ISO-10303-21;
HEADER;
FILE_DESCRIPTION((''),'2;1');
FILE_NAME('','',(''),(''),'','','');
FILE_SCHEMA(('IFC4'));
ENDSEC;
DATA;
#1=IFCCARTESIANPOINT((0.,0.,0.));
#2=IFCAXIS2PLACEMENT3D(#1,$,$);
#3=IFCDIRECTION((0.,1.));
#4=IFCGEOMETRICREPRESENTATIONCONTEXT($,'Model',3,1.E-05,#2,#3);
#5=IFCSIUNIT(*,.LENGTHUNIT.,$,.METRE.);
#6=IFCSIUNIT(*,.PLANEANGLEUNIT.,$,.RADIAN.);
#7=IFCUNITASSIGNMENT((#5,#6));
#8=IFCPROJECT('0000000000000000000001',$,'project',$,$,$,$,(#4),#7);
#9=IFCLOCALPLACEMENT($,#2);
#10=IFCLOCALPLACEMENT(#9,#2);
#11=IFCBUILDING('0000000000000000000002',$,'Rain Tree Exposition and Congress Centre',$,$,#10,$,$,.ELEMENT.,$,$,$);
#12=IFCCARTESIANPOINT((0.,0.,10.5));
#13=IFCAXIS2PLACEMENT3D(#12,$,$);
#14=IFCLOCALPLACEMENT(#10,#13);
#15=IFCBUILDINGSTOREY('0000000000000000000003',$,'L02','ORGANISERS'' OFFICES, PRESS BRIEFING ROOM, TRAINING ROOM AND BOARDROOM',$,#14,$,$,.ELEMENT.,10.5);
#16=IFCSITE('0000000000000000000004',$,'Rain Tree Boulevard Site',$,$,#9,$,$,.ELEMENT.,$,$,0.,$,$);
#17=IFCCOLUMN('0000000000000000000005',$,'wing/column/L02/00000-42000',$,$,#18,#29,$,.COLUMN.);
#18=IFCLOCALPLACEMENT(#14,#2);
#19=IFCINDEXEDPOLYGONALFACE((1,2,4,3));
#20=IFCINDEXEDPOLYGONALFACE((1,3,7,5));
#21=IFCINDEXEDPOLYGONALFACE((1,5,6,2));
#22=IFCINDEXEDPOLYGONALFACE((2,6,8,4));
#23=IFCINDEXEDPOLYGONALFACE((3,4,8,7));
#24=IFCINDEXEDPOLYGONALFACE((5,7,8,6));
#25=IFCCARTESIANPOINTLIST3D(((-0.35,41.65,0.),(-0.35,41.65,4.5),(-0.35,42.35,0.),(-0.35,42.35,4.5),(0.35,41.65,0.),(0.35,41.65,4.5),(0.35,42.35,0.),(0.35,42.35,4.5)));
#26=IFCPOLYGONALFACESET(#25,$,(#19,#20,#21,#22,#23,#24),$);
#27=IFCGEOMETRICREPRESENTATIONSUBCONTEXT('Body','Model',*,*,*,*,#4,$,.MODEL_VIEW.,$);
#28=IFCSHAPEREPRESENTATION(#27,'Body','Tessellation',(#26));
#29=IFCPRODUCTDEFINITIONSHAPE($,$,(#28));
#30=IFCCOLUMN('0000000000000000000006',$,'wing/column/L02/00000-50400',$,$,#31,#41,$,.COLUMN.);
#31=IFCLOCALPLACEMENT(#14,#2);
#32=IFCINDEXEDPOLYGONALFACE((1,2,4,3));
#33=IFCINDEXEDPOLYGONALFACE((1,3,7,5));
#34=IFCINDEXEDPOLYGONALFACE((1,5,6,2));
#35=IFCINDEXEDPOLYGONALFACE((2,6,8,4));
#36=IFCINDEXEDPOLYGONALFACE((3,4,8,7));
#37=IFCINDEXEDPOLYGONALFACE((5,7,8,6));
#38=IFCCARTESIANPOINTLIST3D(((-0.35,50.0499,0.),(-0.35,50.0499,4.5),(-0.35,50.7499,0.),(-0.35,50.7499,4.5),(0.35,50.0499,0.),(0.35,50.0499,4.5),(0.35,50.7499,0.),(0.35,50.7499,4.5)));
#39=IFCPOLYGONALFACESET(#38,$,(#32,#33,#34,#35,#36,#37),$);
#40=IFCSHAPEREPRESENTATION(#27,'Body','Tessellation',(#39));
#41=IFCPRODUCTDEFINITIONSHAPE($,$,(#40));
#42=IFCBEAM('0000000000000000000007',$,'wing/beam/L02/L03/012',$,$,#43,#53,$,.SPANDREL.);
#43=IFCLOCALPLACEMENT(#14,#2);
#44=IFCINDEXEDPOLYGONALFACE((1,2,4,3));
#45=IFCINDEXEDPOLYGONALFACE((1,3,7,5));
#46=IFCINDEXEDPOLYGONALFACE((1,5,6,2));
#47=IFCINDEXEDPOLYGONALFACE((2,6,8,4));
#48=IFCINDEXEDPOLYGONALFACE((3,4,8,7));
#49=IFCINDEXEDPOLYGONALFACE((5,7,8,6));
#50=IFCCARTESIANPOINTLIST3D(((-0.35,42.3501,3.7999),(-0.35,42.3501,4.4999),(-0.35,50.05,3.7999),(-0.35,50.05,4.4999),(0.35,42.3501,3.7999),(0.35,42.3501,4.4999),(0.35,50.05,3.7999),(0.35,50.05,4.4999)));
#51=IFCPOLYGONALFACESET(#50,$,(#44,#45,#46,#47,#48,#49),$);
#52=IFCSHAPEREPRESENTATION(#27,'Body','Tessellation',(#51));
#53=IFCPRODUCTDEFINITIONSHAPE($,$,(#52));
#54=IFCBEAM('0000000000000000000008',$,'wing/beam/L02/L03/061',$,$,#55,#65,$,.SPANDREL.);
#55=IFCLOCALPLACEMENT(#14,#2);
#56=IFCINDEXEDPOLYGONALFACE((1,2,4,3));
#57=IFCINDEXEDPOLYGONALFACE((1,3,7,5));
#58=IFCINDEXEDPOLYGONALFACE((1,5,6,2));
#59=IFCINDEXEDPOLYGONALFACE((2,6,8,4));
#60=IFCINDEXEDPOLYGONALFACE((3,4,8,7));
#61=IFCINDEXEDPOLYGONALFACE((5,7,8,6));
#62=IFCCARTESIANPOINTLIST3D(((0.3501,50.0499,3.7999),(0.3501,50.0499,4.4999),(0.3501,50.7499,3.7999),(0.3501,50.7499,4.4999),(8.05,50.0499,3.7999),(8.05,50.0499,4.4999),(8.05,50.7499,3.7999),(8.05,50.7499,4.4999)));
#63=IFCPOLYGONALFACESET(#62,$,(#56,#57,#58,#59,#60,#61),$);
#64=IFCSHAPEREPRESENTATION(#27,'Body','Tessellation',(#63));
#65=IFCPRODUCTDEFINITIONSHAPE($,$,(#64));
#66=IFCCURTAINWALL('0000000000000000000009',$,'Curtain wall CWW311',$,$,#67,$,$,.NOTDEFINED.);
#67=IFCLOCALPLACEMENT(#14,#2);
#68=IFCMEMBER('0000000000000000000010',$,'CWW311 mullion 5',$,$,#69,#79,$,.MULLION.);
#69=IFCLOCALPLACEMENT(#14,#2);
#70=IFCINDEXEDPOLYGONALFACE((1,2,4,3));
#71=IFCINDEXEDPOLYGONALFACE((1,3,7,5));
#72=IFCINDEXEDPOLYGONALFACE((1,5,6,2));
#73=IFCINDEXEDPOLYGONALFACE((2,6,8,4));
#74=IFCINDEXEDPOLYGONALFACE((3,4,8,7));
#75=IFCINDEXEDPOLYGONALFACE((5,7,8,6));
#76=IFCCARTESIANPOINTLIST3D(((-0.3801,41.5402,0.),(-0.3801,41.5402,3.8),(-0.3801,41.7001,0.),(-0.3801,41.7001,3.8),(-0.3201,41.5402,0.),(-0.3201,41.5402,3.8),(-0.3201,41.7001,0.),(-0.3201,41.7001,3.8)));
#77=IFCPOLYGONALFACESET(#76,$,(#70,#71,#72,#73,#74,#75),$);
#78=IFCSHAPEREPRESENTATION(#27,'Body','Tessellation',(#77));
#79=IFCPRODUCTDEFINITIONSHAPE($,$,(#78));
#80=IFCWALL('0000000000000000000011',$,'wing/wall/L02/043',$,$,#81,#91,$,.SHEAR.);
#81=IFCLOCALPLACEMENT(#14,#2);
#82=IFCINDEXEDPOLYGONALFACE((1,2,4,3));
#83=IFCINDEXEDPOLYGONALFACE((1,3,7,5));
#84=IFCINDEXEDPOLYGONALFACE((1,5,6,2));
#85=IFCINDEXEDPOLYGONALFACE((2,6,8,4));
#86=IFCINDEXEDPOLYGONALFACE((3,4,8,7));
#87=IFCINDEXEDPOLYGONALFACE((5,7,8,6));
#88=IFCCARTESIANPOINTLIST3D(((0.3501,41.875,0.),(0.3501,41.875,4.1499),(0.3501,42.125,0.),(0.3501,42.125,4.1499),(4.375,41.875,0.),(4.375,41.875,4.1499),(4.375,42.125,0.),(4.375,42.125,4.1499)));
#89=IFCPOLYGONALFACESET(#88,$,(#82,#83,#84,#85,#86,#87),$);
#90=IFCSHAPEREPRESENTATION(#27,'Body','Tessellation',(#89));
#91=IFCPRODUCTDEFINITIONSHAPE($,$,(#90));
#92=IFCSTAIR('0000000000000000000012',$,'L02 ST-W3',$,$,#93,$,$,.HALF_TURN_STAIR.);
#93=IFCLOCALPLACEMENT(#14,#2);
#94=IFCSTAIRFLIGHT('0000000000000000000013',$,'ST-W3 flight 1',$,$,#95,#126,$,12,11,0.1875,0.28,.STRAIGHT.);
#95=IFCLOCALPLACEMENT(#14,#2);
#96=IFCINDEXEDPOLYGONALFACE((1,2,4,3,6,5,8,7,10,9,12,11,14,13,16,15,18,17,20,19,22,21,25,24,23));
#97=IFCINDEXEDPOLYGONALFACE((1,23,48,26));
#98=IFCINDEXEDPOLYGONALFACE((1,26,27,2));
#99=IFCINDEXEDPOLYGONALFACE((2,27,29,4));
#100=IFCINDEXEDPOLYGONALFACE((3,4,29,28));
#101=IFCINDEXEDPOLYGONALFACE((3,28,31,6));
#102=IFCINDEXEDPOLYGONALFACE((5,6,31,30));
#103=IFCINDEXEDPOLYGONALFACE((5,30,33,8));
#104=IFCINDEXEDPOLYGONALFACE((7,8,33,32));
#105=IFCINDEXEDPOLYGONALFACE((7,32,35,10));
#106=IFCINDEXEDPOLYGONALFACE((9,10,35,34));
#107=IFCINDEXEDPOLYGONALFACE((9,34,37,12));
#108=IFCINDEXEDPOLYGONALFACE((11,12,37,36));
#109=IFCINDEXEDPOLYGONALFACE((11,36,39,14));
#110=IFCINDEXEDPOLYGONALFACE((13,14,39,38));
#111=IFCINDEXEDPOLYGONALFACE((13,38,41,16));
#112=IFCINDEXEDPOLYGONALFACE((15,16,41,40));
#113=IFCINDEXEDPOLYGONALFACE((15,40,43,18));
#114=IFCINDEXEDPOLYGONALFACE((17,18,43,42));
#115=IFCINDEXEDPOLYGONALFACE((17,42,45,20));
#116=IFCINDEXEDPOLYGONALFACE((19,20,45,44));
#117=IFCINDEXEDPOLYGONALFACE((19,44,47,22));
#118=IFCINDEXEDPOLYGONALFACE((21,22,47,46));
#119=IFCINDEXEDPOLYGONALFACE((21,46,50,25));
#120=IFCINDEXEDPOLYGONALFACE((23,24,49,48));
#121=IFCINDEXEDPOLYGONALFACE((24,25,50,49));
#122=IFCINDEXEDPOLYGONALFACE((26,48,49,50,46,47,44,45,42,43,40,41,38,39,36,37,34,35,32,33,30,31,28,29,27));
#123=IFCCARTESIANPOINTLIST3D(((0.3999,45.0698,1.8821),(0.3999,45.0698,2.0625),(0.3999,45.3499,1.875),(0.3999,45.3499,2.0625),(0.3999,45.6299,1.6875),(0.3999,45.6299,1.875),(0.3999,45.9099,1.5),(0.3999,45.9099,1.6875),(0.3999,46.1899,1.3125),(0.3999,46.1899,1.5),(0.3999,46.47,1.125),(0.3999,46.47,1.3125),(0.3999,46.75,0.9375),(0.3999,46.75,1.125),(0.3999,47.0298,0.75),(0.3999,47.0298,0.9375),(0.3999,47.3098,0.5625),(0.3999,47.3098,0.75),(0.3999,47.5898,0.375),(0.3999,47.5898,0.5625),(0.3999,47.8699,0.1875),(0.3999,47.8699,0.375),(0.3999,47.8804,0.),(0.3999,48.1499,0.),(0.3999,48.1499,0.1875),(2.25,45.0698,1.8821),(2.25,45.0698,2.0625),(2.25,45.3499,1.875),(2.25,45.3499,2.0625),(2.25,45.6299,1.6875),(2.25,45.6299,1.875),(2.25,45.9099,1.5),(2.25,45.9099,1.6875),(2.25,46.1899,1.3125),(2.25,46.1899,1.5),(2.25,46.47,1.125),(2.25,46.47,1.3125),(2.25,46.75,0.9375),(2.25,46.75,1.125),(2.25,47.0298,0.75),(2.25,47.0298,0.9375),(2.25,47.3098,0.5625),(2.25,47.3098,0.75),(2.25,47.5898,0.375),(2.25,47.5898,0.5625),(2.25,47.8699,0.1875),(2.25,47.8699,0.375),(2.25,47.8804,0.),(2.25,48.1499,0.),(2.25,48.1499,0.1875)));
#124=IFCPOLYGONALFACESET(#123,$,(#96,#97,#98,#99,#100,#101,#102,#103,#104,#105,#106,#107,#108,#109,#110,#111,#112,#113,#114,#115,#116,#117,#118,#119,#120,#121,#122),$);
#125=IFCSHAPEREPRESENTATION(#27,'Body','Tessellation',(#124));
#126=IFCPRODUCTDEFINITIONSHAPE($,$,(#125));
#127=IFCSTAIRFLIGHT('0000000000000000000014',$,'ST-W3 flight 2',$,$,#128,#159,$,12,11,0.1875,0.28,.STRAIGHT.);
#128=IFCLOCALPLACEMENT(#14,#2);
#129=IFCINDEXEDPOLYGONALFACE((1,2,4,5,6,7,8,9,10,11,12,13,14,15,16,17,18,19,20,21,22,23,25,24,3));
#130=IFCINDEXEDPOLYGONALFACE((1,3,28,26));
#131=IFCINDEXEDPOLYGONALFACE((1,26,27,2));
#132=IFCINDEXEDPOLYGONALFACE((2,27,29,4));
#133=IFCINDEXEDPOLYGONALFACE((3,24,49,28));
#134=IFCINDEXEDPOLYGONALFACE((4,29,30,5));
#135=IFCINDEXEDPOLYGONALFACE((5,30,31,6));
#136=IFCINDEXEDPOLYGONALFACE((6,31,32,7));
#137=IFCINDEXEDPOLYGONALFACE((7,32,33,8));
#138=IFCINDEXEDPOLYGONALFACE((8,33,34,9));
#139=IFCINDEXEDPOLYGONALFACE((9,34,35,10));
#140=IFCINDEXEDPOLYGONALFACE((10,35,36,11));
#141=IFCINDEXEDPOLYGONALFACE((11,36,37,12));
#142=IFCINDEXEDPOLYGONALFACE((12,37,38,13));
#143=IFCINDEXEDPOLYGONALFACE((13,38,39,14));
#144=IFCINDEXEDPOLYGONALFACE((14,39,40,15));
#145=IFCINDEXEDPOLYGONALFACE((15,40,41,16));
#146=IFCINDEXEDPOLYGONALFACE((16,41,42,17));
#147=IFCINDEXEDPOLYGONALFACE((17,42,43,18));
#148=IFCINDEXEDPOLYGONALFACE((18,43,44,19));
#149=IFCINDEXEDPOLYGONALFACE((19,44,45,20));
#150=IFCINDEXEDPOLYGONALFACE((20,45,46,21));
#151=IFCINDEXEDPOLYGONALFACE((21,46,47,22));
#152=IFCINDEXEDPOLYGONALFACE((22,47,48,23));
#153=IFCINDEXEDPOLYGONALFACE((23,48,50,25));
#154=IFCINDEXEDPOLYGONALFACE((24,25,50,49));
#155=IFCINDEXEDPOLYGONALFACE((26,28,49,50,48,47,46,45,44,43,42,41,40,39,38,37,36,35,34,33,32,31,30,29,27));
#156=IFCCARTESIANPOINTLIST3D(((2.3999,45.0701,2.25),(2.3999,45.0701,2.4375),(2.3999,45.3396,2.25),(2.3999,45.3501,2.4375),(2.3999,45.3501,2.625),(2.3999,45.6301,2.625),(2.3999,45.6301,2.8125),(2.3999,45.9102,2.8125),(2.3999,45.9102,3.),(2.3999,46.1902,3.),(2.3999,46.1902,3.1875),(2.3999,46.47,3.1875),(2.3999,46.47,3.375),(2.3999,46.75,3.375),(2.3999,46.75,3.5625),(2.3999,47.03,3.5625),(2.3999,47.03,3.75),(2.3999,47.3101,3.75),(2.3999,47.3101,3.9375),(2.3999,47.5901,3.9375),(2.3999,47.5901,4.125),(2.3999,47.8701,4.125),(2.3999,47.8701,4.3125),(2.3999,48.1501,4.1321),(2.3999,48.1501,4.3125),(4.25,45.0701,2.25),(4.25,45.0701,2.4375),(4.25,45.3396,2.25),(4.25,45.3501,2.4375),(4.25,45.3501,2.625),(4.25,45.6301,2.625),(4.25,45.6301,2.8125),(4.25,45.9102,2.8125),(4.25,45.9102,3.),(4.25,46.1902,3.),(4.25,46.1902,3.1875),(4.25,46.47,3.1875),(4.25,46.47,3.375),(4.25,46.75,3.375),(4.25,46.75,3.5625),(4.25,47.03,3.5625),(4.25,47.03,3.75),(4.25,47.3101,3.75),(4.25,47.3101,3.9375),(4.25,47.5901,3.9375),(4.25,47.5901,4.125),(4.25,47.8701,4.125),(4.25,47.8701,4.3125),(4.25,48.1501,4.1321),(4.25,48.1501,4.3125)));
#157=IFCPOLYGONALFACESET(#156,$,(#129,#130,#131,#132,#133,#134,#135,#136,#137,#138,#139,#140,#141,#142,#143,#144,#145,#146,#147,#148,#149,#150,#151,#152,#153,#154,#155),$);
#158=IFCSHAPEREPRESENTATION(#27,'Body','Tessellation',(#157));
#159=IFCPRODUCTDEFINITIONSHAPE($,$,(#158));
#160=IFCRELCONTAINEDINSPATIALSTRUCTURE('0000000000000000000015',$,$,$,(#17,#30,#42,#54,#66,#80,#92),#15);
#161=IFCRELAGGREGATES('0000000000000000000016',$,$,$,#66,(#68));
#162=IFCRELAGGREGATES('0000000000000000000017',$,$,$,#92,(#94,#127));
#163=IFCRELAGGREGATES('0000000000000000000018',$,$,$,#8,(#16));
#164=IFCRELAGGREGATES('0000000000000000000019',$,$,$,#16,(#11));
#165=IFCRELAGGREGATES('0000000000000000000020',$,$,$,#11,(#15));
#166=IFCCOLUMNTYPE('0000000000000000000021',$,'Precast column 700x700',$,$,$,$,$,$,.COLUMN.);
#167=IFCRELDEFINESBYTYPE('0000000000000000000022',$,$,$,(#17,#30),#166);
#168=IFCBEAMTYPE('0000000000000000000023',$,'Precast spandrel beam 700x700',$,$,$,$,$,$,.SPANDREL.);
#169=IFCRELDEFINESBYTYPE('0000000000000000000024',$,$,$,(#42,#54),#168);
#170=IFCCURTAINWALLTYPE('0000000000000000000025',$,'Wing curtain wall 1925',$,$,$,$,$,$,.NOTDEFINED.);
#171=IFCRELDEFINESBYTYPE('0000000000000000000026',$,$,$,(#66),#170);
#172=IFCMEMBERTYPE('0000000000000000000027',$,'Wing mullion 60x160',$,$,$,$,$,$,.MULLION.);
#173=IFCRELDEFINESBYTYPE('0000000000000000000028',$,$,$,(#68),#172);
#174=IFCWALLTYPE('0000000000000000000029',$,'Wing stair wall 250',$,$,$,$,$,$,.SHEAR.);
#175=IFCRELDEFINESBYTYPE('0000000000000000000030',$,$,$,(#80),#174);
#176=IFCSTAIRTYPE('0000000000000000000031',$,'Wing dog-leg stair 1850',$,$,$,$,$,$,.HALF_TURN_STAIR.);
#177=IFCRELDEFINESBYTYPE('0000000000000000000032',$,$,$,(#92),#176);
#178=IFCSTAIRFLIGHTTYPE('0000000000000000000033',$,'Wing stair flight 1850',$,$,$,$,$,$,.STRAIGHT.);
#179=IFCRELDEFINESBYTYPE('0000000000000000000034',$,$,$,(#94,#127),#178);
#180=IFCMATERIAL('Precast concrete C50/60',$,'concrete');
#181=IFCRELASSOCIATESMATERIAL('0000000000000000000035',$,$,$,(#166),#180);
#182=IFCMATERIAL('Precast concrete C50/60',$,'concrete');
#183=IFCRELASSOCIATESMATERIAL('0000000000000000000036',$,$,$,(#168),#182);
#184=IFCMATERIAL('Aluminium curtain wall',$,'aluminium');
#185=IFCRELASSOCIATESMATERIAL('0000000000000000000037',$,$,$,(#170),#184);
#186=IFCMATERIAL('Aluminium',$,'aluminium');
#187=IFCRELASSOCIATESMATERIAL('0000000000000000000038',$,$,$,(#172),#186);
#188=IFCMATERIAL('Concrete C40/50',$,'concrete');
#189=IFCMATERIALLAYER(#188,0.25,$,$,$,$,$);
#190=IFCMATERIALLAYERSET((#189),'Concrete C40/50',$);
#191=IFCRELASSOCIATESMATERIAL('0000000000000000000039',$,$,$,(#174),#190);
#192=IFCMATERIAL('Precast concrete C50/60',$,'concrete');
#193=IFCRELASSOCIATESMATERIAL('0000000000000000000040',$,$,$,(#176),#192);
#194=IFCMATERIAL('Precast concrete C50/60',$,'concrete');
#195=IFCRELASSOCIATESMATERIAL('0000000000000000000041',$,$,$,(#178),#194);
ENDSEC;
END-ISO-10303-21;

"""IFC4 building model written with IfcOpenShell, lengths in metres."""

from ifc_helpers import new_model, si_unit, direction, frame, frame_2d, origin, origin_2d, place, context, subcontext, project, spatial, polyline, rectangle, outline, extrude, material, layer, layer_set, material_profile, profile_set, type_object, element, aggregate, save


model = new_model("IFC4")

# Units and contexts
model_context = context("Model", 3, precision=1e-05, world=origin(), true_north=direction((0.0, 1.0)))
body_context = subcontext(model_context, "Body", "Model", "MODEL_VIEW")
ifc_project = project(units=[si_unit("LENGTHUNIT", "METRE"), si_unit("PLANEANGLEUNIT", "RADIAN")], contexts=[model_context])

# Site, building, storey
site_placement = place(None, origin())
site = spatial("IfcSite", under=ifc_project, at=site_placement, Name="Rain Tree Boulevard Site", CompositionType="ELEMENT", RefElevation=0.0)
building_placement = place(site_placement, origin())
building = spatial("IfcBuilding", under=site, at=building_placement, Name="Rain Tree Exposition and Congress Centre", CompositionType="ELEMENT")
storey_placement = place(building_placement, frame((0.0, 0.0, 10.5)))
storey = spatial("IfcBuildingStorey", under=building, at=storey_placement, Name="L02", Description="ORGANISERS' OFFICES, PRESS BRIEFING ROOM, TRAINING ROOM AND BOARDROOM", CompositionType="ELEMENT", Elevation=10.5)

# Columns
ifc_material_1 = material(Name="Precast concrete C50/60", Category="concrete")
ifc_material_profile_1 = material_profile(ifc_material_1, rectangle(XDim=0.7, YDim=0.7, at=origin_2d()), Name="RC 700x700")
ifc_profile_set_1 = profile_set([ifc_material_profile_1], Name="Precast concrete C50/60")
column_type = type_object("IfcColumnType", Name="Precast column 700x700", PredefinedType="COLUMN", material=ifc_profile_set_1)
for number, where, z_axis, x_axis, name in (
    (1, (0.0, 42.0, 0.0), (0.0, 0.0, 1.0), (1.0, 0.0, 0.0), "wing/column/L02/00000-42000"),
    (2, (0.0, 50.3999, 0.0), (0.0, 0.0, 1.0), (1.0, 0.0, 0.0), "wing/column/L02/00000-50400"),
):
    element("IfcColumn", number, at=place(storey_placement, frame(where, z_axis=z_axis, x_axis=x_axis)), inside=storey, type_object=column_type, Name=name, PredefinedType="COLUMN", context=body_context, shape_type="SweptSolid", body=[
        extrude(rectangle(XDim=0.7, YDim=0.7, at=origin_2d()), origin(), (0.0, 0.0, 1.0), 4.5),
    ])

# Beams
ifc_material_2 = material(Name="Precast concrete C50/60", Category="concrete")
ifc_material_profile_2 = material_profile(ifc_material_2, rectangle(XDim=0.7, YDim=0.7, at=origin_2d()), Name="RC 700x700")
ifc_profile_set_2 = profile_set([ifc_material_profile_2], Name="Precast concrete C50/60")
beam_type = type_object("IfcBeamType", Name="Precast spandrel beam 700x700", PredefinedType="SPANDREL", material=ifc_profile_set_2)
for number, where, z_axis, x_axis, name in (
    (3, (0.0, 42.3501, 4.1499), (0.0, 1.0, 0.0), (-1.0, 0.0, 0.0), "wing/beam/L02/L03/012"),
    (4, (0.3501, 50.3999, 4.1499), (1.0, 0.0, 0.0), (0.0, 1.0, 0.0), "wing/beam/L02/L03/061"),
):
    element("IfcBeam", number, at=place(storey_placement, frame(where, z_axis=z_axis, x_axis=x_axis)), inside=storey, type_object=beam_type, Name=name, PredefinedType="SPANDREL", context=body_context, shape_type="SweptSolid", body=[
        extrude(rectangle(XDim=0.7, YDim=0.7, at=origin_2d()), origin(), (0.0, 0.0, 1.0), 7.7),
    ])

# Curtain wall, member
ifc_material_3 = material(Name="Aluminium curtain wall", Category="aluminium")
curtain_wall_type = type_object("IfcCurtainWallType", Name="Wing curtain wall 1925", PredefinedType="NOTDEFINED", material=ifc_material_3)
curtain_wall_placement = place(storey_placement, origin())
curtain_wall = element("IfcCurtainWall", 5, at=curtain_wall_placement, inside=storey, type_object=curtain_wall_type, Name="Curtain wall CWW311", PredefinedType="NOTDEFINED")
ifc_material_4 = material(Name="Aluminium", Category="aluminium")
ifc_material_profile_3 = material_profile(ifc_material_4, rectangle(XDim=0.0601, YDim=0.1599, at=origin_2d()), Name="Aluminium 60x160")
ifc_profile_set_3 = profile_set([ifc_material_profile_3], Name="Aluminium")
member_type = type_object("IfcMemberType", Name="Wing mullion 60x160", PredefinedType="MULLION", material=ifc_profile_set_3)
member_placement = place(storey_placement, frame((-0.3501, 41.6201, 0.0), z_axis=(0.0, 0.0, 1.0), x_axis=(-1.0, 0.0, 0.0)))
member = element("IfcMember", 6, at=member_placement, type_object=member_type, Name="CWW311 mullion 5", PredefinedType="MULLION", context=body_context, shape_type="SweptSolid", body=[
    extrude(rectangle(XDim=0.0601, YDim=0.1599, at=origin_2d()), origin(), (0.0, 0.0, 1.0), 3.8),
])
aggregate(curtain_wall, [member])

# Wall
ifc_material_5 = material(Name="Concrete C40/50", Category="concrete")
ifc_layer_1 = layer(ifc_material_5, 0.25)
ifc_layer_set_1 = layer_set([ifc_layer_1], Name="Concrete C40/50")
wall_type_1 = type_object("IfcWallType", Name="Wing stair wall 250", PredefinedType="SHEAR", material=ifc_layer_set_1)
wall_1_placement = place(storey_placement, frame((0.3501, 42.0, 0.0), z_axis=(0.0, 0.0, 1.0), x_axis=(1.0, 0.0, 0.0)))
element("IfcWall", 7, at=wall_1_placement, inside=storey, type_object=wall_type_1, Name="wing/wall/L02/043", PredefinedType="SHEAR", context=body_context, shape_type="SweptSolid", body=[
    extrude(rectangle(XDim=4.0249, YDim=0.25, at=frame_2d((2.0125, 0.0))), origin(), (0.0, 0.0, 1.0), 4.1499),
])

# Stair, stair flights
ifc_material_6 = material(Name="Precast concrete C50/60", Category="concrete")
stair_type = type_object("IfcStairType", Name="Wing dog-leg stair 1850", PredefinedType="HALF_TURN_STAIR", material=ifc_material_6)
stair_placement = place(storey_placement, origin())
stair = element("IfcStair", 8, at=stair_placement, inside=storey, type_object=stair_type, Name="L02 ST-W3", PredefinedType="HALF_TURN_STAIR")
ifc_material_7 = material(Name="Precast concrete C50/60", Category="concrete")
stair_flight_type = type_object("IfcStairFlightType", Name="Wing stair flight 1850", PredefinedType="STRAIGHT", material=ifc_material_7)
stair_flight_1_placement = place(storey_placement, frame((1.325, 48.1499, 0.0), z_axis=(0.0, 0.0, 1.0), x_axis=(0.0, -1.0, 0.0)))
stair_flight_1 = element("IfcStairFlight", 9, at=stair_flight_1_placement, type_object=stair_flight_type, Name="ST-W3 flight 1", NumberOfRisers=12, NumberOfTreads=11, PredefinedType="STRAIGHT", RiserHeight=0.1875, TreadLength=0.28, context=body_context, shape_type="SweptSolid", body=[
    extrude(outline(polyline([(0.0, 0.0), (0.0, 0.1875), (0.28, 0.1875), (0.28, 0.375), (0.5601, 0.375), (0.5601, 0.5625), (0.8401, 0.5625), (0.8401, 0.75), (1.1201, 0.75), (1.1201, 0.9375), (1.3999, 0.9375), (1.3999, 1.125), (1.6799, 1.125), (1.6799, 1.3125), (1.96, 1.3125), (1.96, 1.5), (2.24, 1.5), (2.24, 1.6875), (2.52, 1.6875), (2.52, 1.875), (2.8, 1.875), (2.8, 2.0625), (3.0801, 2.0625), (3.0801, 2.25), (3.0801, 1.8821), (0.2695, 0.0), (0.0, 0.0)])), frame((0.0, 0.925, 0.0), z_axis=(0.0, -1.0, 0.0), x_axis=(1.0, 0.0, 0.0)), (0.0, 0.0, 1.0), 1.8501),
])
stair_flight_2_placement = place(storey_placement, frame((3.325, 45.0701, 2.25), z_axis=(0.0, 0.0, 1.0), x_axis=(0.0, 1.0, 0.0)))
stair_flight_2 = element("IfcStairFlight", 10, at=stair_flight_2_placement, type_object=stair_flight_type, Name="ST-W3 flight 2", NumberOfRisers=12, NumberOfTreads=11, PredefinedType="STRAIGHT", RiserHeight=0.1875, TreadLength=0.28, context=body_context, shape_type="SweptSolid", body=[
    extrude(outline(polyline([(0.0, 0.0), (0.0, 0.1875), (0.28, 0.1875), (0.28, 0.375), (0.5601, 0.375), (0.5601, 0.5625), (0.8401, 0.5625), (0.8401, 0.75), (1.1201, 0.75), (1.1201, 0.9375), (1.3999, 0.9375), (1.3999, 1.125), (1.6799, 1.125), (1.6799, 1.3125), (1.96, 1.3125), (1.96, 1.5), (2.24, 1.5), (2.24, 1.6875), (2.52, 1.6875), (2.52, 1.875), (2.8, 1.875), (2.8, 2.0625), (3.0801, 2.0625), (3.0801, 2.25), (3.0801, 1.8821), (0.2695, 0.0), (0.0, 0.0)])), frame((0.0, 0.925, 0.0), z_axis=(0.0, -1.0, 0.0), x_axis=(1.0, 0.0, 0.0)), (0.0, 0.0, 1.0), 1.8501),
])
aggregate(stair, [stair_flight_1, stair_flight_2])

save(model, "model.ifc")
